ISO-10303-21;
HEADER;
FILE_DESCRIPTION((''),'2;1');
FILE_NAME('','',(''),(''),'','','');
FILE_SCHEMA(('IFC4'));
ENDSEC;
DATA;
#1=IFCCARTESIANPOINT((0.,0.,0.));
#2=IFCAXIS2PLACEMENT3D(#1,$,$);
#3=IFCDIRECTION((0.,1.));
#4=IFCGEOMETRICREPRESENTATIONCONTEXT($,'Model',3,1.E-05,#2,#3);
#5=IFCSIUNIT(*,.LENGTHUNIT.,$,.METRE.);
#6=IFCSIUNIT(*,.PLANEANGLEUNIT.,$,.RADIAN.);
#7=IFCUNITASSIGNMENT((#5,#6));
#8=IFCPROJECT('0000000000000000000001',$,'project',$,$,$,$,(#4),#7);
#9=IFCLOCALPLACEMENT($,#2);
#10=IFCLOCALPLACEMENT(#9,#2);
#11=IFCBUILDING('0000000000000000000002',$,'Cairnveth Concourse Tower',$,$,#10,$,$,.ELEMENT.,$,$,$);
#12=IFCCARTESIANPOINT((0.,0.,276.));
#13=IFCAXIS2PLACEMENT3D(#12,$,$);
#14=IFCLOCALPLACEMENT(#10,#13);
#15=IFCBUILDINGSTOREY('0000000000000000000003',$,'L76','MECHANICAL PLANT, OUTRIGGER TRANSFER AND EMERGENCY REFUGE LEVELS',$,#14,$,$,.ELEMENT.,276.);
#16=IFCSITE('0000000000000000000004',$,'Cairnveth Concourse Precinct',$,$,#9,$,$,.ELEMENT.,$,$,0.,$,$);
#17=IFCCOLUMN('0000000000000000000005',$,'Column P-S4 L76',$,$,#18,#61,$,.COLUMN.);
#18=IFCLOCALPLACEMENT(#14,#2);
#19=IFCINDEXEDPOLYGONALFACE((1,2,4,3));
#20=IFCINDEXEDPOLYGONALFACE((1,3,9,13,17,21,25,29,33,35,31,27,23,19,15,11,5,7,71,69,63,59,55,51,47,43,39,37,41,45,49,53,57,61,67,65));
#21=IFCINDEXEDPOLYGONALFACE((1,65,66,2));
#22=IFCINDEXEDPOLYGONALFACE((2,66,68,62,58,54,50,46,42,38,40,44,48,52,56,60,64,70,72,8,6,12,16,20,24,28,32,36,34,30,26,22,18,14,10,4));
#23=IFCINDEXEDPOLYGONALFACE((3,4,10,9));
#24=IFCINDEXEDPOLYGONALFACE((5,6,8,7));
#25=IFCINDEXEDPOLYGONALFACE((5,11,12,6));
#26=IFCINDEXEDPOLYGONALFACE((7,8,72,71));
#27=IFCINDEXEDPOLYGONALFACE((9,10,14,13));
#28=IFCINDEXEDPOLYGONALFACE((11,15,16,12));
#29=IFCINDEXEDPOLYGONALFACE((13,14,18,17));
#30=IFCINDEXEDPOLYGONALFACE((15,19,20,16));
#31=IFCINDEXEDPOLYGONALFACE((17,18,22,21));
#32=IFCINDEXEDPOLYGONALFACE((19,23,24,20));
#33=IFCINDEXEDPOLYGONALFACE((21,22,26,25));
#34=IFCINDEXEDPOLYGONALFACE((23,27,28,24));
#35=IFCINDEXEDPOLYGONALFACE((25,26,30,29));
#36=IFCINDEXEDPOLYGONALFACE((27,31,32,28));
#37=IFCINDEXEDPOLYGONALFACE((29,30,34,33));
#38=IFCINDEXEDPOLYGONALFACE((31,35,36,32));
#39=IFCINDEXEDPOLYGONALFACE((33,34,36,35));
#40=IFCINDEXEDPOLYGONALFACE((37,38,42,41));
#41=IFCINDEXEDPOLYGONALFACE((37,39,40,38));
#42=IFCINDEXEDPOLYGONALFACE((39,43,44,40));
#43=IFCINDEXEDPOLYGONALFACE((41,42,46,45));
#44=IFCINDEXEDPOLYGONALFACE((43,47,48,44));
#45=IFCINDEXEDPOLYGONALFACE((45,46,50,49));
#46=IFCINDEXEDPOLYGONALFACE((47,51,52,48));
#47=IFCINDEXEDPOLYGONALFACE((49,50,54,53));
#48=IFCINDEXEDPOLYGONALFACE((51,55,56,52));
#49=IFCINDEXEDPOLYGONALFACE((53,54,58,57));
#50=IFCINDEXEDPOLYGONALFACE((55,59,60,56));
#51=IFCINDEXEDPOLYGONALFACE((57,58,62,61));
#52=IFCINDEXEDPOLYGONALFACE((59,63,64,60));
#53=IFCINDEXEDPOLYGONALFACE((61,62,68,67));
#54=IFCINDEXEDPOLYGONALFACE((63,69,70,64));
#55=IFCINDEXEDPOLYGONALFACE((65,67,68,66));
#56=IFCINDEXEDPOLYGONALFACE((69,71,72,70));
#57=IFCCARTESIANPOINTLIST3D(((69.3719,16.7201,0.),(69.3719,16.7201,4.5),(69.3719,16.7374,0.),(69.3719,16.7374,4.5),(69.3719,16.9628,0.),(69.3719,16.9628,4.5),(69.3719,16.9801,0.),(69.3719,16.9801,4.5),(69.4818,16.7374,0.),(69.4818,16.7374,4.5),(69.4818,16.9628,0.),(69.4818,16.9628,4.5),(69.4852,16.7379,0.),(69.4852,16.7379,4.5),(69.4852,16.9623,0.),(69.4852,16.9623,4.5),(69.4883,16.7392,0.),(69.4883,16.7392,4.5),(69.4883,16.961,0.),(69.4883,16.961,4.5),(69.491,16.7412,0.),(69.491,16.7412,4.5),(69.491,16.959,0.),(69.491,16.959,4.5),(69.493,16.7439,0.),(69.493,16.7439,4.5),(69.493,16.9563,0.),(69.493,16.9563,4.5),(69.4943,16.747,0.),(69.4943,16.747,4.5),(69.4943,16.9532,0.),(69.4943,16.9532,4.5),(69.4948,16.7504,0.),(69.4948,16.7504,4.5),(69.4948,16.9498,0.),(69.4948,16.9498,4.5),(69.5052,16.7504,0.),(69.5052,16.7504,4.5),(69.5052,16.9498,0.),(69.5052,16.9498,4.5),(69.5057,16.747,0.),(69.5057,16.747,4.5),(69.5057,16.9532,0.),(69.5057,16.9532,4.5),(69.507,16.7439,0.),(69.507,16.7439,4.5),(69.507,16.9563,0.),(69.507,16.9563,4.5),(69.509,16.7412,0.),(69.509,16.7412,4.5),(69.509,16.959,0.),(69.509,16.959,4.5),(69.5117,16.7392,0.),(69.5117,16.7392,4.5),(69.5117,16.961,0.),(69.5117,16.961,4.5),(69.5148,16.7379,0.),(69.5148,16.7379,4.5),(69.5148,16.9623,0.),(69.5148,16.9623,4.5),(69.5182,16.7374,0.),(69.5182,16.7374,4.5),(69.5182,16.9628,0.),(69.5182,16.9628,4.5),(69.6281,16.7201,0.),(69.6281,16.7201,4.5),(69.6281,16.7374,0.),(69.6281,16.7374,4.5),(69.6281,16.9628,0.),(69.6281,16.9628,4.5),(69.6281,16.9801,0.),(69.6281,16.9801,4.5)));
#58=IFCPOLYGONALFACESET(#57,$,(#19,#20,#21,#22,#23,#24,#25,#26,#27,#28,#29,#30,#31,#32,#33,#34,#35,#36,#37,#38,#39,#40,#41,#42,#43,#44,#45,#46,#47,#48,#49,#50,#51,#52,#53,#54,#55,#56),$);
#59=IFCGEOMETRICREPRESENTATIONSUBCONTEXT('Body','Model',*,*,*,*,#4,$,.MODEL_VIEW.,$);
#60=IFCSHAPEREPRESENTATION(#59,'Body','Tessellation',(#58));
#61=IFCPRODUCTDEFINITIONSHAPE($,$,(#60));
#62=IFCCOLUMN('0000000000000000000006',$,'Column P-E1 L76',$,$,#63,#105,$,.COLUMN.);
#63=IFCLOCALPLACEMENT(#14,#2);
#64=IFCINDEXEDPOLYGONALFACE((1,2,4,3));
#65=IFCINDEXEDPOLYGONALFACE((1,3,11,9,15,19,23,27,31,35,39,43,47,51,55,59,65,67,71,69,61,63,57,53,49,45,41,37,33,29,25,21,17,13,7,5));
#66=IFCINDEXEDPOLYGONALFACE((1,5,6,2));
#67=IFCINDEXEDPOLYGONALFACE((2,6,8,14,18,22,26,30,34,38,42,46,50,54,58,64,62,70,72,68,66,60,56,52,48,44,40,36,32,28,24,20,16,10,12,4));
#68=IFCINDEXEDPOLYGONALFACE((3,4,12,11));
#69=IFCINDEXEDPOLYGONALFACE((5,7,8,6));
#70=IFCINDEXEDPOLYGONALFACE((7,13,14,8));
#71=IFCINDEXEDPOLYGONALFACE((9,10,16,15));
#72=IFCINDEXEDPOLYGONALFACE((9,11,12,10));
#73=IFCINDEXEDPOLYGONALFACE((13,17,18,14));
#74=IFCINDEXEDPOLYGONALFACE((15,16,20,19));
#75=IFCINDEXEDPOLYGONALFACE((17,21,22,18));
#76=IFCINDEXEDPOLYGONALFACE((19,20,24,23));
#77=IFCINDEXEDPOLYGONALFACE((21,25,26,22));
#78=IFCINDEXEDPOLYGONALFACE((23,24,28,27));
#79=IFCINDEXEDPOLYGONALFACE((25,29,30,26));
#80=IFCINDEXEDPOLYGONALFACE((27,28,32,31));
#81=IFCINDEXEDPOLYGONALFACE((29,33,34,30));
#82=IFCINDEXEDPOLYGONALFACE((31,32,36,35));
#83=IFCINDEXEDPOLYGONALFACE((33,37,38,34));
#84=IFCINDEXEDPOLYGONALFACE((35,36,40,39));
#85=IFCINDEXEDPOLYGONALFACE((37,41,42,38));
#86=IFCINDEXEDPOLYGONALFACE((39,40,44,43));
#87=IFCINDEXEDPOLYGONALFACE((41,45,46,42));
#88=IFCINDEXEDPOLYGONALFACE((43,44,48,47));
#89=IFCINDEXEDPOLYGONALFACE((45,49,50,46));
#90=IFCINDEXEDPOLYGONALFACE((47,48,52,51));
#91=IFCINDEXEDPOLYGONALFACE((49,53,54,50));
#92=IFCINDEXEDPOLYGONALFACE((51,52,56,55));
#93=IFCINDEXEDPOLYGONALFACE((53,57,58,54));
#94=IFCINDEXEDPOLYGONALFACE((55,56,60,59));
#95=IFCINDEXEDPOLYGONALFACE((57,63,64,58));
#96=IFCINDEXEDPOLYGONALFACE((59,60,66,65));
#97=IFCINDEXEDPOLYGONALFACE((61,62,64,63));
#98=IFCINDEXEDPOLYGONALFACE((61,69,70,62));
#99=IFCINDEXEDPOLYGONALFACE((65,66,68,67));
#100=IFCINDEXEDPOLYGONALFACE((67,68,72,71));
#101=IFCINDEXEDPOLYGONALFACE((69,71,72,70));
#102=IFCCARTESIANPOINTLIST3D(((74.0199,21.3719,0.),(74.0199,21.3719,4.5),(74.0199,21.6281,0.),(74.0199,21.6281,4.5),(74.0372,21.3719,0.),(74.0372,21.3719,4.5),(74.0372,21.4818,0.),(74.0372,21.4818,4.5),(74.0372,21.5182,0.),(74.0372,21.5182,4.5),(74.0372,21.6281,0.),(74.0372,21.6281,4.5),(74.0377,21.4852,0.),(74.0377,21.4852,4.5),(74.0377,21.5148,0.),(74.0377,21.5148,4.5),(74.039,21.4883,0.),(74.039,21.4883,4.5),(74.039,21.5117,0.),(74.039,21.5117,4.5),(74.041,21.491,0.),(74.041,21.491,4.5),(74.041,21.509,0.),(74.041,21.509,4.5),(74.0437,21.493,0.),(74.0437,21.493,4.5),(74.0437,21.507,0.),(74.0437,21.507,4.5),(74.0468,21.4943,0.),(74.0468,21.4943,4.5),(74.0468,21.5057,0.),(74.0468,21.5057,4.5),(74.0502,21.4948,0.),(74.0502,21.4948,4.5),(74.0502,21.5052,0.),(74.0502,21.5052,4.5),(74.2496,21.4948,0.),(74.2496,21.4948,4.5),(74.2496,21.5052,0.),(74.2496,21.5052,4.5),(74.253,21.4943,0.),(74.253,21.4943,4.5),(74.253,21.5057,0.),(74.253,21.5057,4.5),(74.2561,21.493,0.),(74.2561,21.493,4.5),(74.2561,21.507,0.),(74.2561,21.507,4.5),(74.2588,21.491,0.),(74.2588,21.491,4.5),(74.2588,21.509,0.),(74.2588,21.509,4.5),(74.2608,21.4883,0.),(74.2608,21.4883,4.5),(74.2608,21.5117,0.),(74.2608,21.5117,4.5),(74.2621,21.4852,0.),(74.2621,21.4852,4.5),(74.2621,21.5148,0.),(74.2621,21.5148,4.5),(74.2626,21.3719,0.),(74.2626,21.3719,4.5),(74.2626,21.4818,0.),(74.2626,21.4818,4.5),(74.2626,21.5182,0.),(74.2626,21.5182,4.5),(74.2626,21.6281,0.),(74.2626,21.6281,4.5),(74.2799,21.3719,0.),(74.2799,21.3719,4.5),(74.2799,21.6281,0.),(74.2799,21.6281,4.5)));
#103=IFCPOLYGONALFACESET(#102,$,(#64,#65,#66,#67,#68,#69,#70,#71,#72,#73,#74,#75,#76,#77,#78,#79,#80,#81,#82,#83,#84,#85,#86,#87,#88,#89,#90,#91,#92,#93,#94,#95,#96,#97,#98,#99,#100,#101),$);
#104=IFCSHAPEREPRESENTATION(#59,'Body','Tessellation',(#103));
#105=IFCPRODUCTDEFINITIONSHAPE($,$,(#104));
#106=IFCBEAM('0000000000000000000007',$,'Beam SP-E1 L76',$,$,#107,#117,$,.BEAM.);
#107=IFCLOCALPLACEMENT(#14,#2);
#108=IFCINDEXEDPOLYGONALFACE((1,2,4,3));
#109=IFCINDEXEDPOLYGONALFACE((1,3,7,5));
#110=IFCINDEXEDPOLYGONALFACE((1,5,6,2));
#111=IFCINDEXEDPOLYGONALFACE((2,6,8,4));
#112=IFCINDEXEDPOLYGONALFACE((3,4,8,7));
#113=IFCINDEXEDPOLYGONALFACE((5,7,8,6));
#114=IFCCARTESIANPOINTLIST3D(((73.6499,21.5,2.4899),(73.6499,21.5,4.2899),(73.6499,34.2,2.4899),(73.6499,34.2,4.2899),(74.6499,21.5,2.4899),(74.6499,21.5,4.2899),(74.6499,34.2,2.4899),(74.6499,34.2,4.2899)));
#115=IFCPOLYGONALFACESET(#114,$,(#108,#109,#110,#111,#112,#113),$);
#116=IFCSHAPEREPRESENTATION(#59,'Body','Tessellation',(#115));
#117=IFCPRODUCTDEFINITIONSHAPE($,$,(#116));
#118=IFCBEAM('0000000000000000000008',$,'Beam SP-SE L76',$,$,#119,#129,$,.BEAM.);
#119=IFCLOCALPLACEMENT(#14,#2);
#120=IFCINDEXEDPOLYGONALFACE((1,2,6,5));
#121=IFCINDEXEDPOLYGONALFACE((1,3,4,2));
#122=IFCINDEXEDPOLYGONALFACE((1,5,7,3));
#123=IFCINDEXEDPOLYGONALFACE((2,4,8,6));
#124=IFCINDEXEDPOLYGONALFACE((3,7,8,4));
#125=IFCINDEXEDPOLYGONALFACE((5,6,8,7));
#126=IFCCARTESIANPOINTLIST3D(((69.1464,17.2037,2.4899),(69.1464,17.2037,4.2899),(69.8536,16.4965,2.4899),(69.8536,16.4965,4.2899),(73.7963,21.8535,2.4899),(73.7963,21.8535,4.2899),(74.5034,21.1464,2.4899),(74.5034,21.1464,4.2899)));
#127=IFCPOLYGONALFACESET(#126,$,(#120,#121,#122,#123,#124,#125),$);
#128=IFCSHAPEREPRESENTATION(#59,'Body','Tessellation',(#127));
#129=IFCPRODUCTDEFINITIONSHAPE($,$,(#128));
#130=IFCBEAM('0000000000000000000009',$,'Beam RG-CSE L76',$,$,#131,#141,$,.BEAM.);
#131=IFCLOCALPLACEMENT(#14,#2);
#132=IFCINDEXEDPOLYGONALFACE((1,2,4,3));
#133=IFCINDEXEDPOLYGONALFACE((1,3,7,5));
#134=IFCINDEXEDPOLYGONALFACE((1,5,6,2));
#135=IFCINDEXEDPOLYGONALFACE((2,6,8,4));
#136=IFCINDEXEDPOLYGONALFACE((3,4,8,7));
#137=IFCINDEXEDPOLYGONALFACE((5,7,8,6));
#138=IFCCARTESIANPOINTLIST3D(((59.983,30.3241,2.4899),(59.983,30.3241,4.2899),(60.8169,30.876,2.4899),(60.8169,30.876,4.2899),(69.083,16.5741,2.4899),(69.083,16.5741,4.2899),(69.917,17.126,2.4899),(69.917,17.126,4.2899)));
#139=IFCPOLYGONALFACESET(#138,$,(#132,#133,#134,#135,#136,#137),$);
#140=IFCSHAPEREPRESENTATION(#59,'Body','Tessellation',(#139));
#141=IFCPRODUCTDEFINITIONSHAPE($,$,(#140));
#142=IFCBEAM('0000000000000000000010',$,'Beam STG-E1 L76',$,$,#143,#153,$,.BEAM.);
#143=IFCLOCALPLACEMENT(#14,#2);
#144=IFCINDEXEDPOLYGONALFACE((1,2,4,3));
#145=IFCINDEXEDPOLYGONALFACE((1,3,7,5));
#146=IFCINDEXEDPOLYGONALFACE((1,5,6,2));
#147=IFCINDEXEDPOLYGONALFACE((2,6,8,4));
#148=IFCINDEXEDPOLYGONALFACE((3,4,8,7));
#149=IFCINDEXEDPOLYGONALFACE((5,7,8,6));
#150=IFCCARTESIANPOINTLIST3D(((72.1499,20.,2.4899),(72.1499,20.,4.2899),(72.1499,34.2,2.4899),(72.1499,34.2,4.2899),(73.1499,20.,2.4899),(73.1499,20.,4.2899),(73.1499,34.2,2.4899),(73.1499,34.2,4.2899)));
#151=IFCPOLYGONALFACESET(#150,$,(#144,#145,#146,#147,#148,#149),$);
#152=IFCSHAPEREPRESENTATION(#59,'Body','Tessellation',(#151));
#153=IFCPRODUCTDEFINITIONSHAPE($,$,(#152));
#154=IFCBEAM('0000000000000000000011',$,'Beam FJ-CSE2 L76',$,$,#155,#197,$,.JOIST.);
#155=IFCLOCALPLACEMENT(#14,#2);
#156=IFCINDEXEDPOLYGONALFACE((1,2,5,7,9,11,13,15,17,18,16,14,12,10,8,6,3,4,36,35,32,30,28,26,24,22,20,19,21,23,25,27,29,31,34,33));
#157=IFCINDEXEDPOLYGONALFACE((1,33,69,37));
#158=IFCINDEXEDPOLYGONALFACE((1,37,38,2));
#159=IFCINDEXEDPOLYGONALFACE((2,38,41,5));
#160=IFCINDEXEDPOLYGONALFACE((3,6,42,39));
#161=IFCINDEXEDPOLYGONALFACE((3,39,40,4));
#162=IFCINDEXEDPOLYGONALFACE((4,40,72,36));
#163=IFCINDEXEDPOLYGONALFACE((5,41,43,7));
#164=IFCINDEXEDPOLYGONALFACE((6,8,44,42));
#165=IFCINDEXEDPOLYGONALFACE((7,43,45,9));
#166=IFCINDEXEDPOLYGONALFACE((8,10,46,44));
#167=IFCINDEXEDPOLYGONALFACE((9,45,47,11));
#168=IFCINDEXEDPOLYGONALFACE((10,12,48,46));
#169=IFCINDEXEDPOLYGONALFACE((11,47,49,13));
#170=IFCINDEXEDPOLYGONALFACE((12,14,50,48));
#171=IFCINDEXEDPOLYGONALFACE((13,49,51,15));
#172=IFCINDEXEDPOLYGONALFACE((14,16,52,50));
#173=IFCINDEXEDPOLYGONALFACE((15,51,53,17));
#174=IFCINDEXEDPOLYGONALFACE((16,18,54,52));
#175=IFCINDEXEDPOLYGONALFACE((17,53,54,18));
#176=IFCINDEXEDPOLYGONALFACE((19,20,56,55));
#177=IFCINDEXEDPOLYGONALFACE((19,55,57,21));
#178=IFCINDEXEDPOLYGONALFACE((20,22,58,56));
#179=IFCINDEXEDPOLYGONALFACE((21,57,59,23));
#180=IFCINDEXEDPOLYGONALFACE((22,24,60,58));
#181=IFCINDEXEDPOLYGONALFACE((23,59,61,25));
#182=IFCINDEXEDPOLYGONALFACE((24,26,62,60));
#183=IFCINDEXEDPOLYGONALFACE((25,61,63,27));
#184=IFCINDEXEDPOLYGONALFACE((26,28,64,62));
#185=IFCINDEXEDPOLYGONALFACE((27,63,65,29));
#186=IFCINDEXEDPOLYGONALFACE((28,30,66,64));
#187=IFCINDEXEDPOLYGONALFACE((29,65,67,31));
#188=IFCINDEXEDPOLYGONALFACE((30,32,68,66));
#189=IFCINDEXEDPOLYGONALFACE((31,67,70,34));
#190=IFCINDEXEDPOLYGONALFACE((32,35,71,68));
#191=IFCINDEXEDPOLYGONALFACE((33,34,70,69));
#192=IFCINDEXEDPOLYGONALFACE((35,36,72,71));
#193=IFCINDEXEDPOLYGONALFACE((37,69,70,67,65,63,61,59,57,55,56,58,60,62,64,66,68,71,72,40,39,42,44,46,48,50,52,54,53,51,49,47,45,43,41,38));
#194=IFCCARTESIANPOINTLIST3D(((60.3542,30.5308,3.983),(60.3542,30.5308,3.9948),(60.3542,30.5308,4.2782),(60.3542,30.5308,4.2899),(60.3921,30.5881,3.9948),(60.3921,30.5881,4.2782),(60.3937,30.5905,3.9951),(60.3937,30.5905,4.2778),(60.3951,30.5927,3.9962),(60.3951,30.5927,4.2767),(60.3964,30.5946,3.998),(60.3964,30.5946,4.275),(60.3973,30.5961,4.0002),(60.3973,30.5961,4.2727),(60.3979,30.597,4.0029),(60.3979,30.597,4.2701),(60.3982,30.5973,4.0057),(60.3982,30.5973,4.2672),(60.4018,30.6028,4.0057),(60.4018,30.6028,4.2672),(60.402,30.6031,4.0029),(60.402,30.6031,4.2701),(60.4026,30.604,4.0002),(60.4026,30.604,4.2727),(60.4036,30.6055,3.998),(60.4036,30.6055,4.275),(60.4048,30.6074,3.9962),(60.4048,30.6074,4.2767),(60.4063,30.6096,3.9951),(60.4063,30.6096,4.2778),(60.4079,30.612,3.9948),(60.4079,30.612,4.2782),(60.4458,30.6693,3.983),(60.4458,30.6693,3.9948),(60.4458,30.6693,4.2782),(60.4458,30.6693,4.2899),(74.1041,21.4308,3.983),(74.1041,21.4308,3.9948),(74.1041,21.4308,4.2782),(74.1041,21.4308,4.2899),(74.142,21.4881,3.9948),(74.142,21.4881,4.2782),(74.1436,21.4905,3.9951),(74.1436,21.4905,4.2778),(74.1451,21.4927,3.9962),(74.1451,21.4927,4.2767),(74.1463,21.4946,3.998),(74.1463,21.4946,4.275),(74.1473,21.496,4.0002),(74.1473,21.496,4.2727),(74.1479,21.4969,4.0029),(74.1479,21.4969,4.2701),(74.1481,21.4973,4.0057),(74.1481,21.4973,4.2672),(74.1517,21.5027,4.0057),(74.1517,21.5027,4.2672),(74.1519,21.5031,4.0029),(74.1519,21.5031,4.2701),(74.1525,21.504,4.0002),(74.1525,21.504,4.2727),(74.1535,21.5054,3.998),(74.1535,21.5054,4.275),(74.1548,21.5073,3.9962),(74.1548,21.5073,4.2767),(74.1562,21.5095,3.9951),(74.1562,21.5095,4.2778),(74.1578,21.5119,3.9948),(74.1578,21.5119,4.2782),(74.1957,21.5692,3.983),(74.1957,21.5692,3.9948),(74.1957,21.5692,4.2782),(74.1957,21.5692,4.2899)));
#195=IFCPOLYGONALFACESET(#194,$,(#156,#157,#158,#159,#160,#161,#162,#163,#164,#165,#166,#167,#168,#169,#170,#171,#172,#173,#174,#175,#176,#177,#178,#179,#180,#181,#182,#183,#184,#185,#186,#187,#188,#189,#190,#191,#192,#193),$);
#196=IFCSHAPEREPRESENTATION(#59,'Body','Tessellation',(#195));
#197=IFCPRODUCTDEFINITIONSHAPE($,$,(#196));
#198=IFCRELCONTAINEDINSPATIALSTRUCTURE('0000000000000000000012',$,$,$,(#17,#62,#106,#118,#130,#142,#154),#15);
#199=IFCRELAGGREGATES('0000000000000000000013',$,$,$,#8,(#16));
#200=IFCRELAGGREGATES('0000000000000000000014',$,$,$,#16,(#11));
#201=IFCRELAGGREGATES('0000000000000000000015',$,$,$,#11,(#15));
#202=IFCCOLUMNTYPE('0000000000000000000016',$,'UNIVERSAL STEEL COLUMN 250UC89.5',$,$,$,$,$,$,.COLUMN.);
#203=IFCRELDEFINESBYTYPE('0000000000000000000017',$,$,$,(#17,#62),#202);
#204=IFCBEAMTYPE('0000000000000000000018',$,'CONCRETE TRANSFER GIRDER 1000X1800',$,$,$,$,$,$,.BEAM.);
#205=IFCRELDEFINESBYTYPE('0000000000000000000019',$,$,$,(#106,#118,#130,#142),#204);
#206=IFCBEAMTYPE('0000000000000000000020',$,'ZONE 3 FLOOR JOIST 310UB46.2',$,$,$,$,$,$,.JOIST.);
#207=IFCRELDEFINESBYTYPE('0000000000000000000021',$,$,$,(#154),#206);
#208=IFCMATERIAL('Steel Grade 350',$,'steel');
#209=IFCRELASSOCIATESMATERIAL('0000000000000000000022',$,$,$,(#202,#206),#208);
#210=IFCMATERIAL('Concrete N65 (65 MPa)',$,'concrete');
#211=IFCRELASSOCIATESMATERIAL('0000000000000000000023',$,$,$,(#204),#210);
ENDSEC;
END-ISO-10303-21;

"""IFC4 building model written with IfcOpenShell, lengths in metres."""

from ifc_helpers import new_model, si_unit, direction, frame, origin, origin_2d, place, context, subcontext, project, spatial, rectangle, i_section, extrude, material, material_profile, profile_set, type_object, element, save


model = new_model("IFC4")

# Units and contexts
model_context = context("Model", 3, precision=1e-05, world=origin(), true_north=direction((0.0, 1.0)))
body_context = subcontext(model_context, "Body", "Model", "MODEL_VIEW")
ifc_project = project(units=[si_unit("LENGTHUNIT", "METRE"), si_unit("PLANEANGLEUNIT", "RADIAN")], contexts=[model_context])

# Site, building, storey
site_placement = place(None, origin())
site = spatial("IfcSite", under=ifc_project, at=site_placement, Name="Cairnveth Concourse Precinct", CompositionType="ELEMENT", RefElevation=0.0)
building_placement = place(site_placement, origin())
building = spatial("IfcBuilding", under=site, at=building_placement, Name="Cairnveth Concourse Tower", CompositionType="ELEMENT")
storey_placement = place(building_placement, frame((0.0, 0.0, 276.0)))
storey = spatial("IfcBuildingStorey", under=building, at=storey_placement, Name="L76", Description="MECHANICAL PLANT, OUTRIGGER TRANSFER AND EMERGENCY REFUGE LEVELS", CompositionType="ELEMENT", Elevation=276.0)

# Columns
ifc_material_1 = material(Name="Steel Grade 350", Category="steel")
ifc_material_profile_1 = material_profile(ifc_material_1, i_section(OverallWidth=0.2561, OverallDepth=0.26, WebThickness=0.0105, FlangeThickness=0.0173, FilletRadius=0.0129, at=origin_2d()), Name="250UC89.5")
ifc_profile_set_1 = profile_set([ifc_material_profile_1], Name="Steel Grade 350")
column_type = type_object("IfcColumnType", Name="UNIVERSAL STEEL COLUMN 250UC89.5", PredefinedType="COLUMN", material=ifc_profile_set_1)
for number, where, z_axis, x_axis, name in (
    (1, (69.5, 16.8501, 0.0), (0.0, 0.0, 1.0), (1.0, 0.0, 0.0), "Column P-S4 L76"),
    (2, (74.1499, 21.5, 0.0), (0.0, 0.0, 1.0), (0.0, 1.0, 0.0), "Column P-E1 L76"),
):
    element("IfcColumn", number, at=place(storey_placement, frame(where, z_axis=z_axis, x_axis=x_axis)), inside=storey, type_object=column_type, Name=name, PredefinedType="COLUMN", context=body_context, shape_type="SweptSolid", body=[
        extrude(i_section(OverallWidth=0.2561, OverallDepth=0.26, WebThickness=0.0105, FlangeThickness=0.0173, FilletRadius=0.0129, at=origin_2d()), origin(), (0.0, 0.0, 1.0), 4.5),
    ])

# Beams
ifc_material_2 = material(Name="Concrete N65 (65 MPa)", Category="concrete")
ifc_material_profile_2 = material_profile(ifc_material_2, rectangle(XDim=1.0, YDim=1.8, at=origin_2d()), Name="RC-TB-1000x1800")
ifc_profile_set_2 = profile_set([ifc_material_profile_2], Name="Concrete N65 (65 MPa)")
beam_type_1 = type_object("IfcBeamType", Name="CONCRETE TRANSFER GIRDER 1000X1800", PredefinedType="BEAM", material=ifc_profile_set_2)
beam_1_placement = place(storey_placement, frame((74.1499, 21.5, 3.3899), z_axis=(0.0, 1.0, 0.0), x_axis=(-1.0, 0.0, 0.0)))
element("IfcBeam", 3, at=beam_1_placement, inside=storey, type_object=beam_type_1, Name="Beam SP-E1 L76", PredefinedType="BEAM", context=body_context, shape_type="SweptSolid", body=[
    extrude(rectangle(XDim=1.0, YDim=1.8, at=origin_2d()), origin(), (0.0, 0.0, 1.0), 12.7),
])
beam_2_placement = place(storey_placement, frame((69.5, 16.8501, 3.3899), z_axis=(0.707107, 0.707107, 0.0), x_axis=(-0.707107, 0.707107, 0.0)))
element("IfcBeam", 4, at=beam_2_placement, inside=storey, type_object=beam_type_1, Name="Beam SP-SE L76", PredefinedType="BEAM", context=body_context, shape_type="SweptSolid", body=[
    extrude(rectangle(XDim=1.0, YDim=1.8, at=origin_2d()), origin(), (0.0, 0.0, 1.0), 6.5759),
])
beam_3_placement = place(storey_placement, frame((69.5, 16.8501, 3.3899), z_axis=(-0.551902, 0.833909, 0.0), x_axis=(-0.833909, -0.551902, 0.0)))
element("IfcBeam", 5, at=beam_3_placement, inside=storey, type_object=beam_type_1, Name="Beam RG-CSE L76", PredefinedType="BEAM", context=body_context, shape_type="SweptSolid", body=[
    extrude(rectangle(XDim=1.0, YDim=1.8, at=origin_2d()), origin(), (0.0, 0.0, 1.0), 16.4885),
])
beam_4_placement = place(storey_placement, frame((72.6499, 20.0, 3.3899), z_axis=(0.0, 1.0, 0.0), x_axis=(-1.0, 0.0, 0.0)))
element("IfcBeam", 6, at=beam_4_placement, inside=storey, type_object=beam_type_1, Name="Beam STG-E1 L76", PredefinedType="BEAM", context=body_context, shape_type="SweptSolid", body=[
    extrude(rectangle(XDim=1.0, YDim=1.8, at=origin_2d()), origin(), (0.0, 0.0, 1.0), 14.2),
])
ifc_material_profile_3 = material_profile(ifc_material_1, i_section(OverallWidth=0.166, OverallDepth=0.3069, WebThickness=0.0066, FlangeThickness=0.0117, FilletRadius=0.011, at=origin_2d()), Name="310UB46.2")
ifc_profile_set_3 = profile_set([ifc_material_profile_3], Name="Steel Grade 350")
beam_type_2 = type_object("IfcBeamType", Name="ZONE 3 FLOOR JOIST 310UB46.2", PredefinedType="JOIST", material=ifc_profile_set_3)
beam_5_placement = place(storey_placement, frame((74.1499, 21.5, 4.1365), z_axis=(-0.833909, 0.551902, 0.0), x_axis=(-0.551902, -0.833909, 0.0)))
element("IfcBeam", 7, at=beam_5_placement, inside=storey, type_object=beam_type_2, Name="Beam FJ-CSE2 L76", PredefinedType="JOIST", context=body_context, shape_type="SweptSolid", body=[
    extrude(i_section(OverallWidth=0.166, OverallDepth=0.3069, WebThickness=0.0066, FlangeThickness=0.0117, FilletRadius=0.011, at=origin_2d()), origin(), (0.0, 0.0, 1.0), 16.4885),
])

save(model, "model.ifc")
